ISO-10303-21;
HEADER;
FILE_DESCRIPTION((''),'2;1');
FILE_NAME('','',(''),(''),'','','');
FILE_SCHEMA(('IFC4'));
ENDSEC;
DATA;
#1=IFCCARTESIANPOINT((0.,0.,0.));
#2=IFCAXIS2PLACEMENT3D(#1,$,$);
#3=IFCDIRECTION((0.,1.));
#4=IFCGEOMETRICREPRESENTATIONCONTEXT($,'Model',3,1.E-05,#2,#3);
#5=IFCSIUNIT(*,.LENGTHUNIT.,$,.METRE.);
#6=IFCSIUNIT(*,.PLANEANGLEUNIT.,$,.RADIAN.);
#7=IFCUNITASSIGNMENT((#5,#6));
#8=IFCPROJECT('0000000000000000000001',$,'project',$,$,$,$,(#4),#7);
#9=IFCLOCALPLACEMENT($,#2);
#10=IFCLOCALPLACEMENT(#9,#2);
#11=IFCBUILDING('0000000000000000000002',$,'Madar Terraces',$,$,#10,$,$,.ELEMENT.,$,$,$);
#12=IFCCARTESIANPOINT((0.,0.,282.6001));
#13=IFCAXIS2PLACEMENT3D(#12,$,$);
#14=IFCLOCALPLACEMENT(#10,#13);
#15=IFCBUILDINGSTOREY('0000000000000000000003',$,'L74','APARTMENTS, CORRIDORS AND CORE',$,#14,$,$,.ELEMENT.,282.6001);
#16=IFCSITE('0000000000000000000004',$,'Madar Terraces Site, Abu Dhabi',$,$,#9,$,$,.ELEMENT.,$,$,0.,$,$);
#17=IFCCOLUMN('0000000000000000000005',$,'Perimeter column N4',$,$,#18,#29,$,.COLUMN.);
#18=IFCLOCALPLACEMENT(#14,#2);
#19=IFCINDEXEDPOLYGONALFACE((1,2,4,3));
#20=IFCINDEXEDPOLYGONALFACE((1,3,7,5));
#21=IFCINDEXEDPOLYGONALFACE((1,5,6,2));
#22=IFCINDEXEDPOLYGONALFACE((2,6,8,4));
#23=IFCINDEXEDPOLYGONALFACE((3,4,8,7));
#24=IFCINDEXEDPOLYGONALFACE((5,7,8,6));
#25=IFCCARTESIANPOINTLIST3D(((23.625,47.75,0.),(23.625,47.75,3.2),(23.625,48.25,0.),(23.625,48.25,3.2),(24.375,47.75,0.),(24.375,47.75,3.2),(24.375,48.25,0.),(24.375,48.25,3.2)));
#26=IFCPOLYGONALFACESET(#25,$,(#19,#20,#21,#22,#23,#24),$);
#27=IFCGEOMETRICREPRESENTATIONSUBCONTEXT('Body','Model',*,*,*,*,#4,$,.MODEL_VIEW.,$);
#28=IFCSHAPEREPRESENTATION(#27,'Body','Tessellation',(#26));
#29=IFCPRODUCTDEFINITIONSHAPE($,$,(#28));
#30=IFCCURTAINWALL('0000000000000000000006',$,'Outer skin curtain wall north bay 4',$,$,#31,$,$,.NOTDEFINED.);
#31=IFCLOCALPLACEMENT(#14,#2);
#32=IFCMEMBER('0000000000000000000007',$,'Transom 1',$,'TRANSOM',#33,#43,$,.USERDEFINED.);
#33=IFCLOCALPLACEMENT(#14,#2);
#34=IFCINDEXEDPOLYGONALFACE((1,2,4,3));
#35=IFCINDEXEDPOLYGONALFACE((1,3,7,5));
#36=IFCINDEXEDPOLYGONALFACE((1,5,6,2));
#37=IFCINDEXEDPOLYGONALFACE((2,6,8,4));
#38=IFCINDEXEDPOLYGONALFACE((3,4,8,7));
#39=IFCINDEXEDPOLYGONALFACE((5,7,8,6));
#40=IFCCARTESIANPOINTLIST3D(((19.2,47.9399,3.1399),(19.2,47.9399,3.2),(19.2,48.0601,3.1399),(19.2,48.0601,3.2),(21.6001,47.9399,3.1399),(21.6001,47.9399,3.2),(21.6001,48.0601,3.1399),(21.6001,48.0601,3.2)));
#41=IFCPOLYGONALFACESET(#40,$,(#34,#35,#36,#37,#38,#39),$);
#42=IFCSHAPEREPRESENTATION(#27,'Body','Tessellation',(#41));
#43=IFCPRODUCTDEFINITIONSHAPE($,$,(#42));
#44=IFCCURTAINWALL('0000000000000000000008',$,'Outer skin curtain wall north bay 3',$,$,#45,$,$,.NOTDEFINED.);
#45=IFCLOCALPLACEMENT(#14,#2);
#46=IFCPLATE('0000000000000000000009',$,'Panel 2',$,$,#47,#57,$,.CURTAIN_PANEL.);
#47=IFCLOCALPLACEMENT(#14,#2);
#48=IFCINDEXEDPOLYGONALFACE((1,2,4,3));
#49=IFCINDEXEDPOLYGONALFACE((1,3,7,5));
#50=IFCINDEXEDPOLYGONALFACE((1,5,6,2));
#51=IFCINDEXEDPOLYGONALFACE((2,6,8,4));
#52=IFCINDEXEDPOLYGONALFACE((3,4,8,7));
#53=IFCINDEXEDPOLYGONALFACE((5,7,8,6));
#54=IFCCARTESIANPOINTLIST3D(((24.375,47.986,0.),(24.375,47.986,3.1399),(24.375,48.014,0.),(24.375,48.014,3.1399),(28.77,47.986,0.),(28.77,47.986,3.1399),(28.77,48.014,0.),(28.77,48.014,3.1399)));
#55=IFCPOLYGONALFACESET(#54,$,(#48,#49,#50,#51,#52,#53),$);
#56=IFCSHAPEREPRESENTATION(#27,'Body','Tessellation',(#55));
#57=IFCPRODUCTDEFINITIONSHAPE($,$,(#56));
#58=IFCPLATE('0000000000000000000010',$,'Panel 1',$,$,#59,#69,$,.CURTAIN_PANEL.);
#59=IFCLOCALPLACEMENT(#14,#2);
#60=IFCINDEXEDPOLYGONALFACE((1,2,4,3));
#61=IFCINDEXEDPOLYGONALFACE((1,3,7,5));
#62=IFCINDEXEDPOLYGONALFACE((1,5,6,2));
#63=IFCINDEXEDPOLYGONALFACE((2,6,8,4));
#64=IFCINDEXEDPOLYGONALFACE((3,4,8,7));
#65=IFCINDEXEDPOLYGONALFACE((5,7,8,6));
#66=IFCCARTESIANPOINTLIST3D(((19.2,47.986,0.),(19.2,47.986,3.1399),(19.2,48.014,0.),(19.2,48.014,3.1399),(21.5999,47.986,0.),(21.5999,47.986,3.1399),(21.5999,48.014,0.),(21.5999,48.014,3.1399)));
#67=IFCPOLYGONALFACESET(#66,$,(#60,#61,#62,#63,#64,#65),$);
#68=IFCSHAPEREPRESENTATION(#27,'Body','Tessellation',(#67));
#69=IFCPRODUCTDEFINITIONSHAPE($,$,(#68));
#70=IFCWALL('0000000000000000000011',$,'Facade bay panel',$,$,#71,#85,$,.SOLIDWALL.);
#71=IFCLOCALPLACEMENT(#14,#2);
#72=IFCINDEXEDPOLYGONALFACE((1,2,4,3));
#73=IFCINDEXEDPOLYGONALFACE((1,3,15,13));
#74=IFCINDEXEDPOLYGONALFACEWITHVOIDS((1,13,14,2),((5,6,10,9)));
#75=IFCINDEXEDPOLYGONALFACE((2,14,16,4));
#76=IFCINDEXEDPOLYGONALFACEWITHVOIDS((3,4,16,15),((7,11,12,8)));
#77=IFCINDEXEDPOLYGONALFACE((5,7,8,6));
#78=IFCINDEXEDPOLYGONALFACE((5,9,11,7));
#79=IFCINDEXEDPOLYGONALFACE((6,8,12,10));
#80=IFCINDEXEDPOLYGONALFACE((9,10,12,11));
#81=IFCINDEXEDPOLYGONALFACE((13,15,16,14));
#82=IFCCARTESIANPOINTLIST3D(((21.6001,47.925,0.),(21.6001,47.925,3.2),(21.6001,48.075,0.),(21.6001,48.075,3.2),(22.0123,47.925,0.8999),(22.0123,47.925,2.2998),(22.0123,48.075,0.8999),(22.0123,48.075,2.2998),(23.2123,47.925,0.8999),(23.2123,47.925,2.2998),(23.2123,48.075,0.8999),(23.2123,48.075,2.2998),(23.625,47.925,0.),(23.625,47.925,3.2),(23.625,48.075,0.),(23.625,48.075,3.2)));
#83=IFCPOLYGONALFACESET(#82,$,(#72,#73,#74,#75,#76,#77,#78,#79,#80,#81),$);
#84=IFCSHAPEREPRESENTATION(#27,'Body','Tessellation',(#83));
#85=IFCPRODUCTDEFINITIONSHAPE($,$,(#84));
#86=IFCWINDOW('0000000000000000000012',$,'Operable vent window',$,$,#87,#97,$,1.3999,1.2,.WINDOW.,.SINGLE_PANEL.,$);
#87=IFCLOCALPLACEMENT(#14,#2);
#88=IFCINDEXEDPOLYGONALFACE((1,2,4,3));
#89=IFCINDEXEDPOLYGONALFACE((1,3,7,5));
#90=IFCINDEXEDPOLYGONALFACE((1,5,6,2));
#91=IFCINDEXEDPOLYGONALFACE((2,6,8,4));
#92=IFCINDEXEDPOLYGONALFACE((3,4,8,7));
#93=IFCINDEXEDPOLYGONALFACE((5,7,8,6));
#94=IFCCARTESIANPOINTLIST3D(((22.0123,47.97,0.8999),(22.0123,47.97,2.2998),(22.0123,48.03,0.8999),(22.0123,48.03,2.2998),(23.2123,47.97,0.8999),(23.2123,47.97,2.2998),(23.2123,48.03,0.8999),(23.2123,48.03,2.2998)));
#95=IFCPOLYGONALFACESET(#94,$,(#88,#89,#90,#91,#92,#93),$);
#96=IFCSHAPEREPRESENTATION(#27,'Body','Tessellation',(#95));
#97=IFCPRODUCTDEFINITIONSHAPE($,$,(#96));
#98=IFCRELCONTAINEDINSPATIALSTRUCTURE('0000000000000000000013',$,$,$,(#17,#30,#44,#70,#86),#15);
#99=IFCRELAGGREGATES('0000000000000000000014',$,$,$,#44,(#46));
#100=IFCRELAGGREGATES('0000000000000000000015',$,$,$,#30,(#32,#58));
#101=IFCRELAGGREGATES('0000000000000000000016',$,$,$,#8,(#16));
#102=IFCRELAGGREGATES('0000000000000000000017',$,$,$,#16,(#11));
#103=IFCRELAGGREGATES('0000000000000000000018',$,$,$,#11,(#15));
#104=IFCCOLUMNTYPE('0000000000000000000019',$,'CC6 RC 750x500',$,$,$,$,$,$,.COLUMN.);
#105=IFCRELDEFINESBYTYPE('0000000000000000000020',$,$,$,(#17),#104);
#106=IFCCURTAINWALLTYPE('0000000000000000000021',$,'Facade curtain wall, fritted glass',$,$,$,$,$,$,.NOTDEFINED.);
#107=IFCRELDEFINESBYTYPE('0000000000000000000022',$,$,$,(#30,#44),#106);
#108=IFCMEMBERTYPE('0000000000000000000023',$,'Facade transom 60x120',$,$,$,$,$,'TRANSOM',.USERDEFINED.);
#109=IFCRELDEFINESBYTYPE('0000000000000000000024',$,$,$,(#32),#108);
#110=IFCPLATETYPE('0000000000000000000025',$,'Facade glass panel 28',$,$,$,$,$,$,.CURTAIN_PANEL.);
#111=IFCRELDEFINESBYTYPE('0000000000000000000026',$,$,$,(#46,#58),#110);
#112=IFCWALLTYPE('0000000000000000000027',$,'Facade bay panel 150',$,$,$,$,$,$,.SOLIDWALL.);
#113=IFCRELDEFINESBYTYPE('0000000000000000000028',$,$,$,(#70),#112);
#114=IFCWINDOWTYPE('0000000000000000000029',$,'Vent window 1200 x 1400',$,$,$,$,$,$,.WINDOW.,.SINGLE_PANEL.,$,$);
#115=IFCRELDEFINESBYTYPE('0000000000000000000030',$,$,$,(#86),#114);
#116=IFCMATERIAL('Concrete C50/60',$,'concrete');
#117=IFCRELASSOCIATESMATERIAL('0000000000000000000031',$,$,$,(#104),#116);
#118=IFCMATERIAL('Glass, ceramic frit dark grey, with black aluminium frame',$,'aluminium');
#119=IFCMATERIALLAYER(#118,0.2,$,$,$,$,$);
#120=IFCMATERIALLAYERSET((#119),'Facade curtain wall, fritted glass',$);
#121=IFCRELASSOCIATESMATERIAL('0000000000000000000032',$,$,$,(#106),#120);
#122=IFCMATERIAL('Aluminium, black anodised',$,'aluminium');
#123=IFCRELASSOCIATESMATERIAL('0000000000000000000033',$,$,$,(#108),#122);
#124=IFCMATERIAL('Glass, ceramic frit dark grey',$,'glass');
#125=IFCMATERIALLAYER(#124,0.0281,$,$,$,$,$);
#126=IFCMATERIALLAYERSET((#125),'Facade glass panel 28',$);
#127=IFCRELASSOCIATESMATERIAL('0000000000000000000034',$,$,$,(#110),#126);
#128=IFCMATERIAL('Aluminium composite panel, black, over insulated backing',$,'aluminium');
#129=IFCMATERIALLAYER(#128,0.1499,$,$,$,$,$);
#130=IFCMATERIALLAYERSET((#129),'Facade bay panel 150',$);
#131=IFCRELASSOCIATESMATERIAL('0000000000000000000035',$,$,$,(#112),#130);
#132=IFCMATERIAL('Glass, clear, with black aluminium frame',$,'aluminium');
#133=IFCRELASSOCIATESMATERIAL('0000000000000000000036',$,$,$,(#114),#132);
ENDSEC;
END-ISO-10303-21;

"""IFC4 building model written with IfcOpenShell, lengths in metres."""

from ifc_helpers import new_model, si_unit, direction, frame, frame_2d, origin, origin_2d, place, context, subcontext, project, spatial, rectangle, extrude, material, layer, layer_set, material_profile, profile_set, type_object, element, fill, aggregate, save


model = new_model("IFC4")

# Units and contexts
model_context = context("Model", 3, precision=1e-05, world=origin(), true_north=direction((0.0, 1.0)))
body_context = subcontext(model_context, "Body", "Model", "MODEL_VIEW")
ifc_project = project(units=[si_unit("LENGTHUNIT", "METRE"), si_unit("PLANEANGLEUNIT", "RADIAN")], contexts=[model_context])

# Site, building, storey
site_placement = place(None, origin())
site = spatial("IfcSite", under=ifc_project, at=site_placement, Name="Madar Terraces Site, Abu Dhabi", CompositionType="ELEMENT", RefElevation=0.0)
building_placement = place(site_placement, origin())
building = spatial("IfcBuilding", under=site, at=building_placement, Name="Madar Terraces", CompositionType="ELEMENT")
storey_placement = place(building_placement, frame((0.0, 0.0, 282.6001)))
storey = spatial("IfcBuildingStorey", under=building, at=storey_placement, Name="L74", Description="APARTMENTS, CORRIDORS AND CORE", CompositionType="ELEMENT", Elevation=282.6001)

# Column
ifc_material_1 = material(Name="Concrete C50/60", Category="concrete")
ifc_material_profile_1 = material_profile(ifc_material_1, rectangle(XDim=0.75, YDim=0.5, at=origin_2d()), Name="CC6 RC 750x500")
ifc_profile_set_1 = profile_set([ifc_material_profile_1], Name="Concrete C50/60")
column_type = type_object("IfcColumnType", Name="CC6 RC 750x500", PredefinedType="COLUMN", material=ifc_profile_set_1)
column_placement = place(storey_placement, frame((24.0, 48.0, 0.0), z_axis=(0.0, 0.0, 1.0), x_axis=(1.0, 0.0, 0.0)))
element("IfcColumn", 1, at=column_placement, inside=storey, type_object=column_type, Name="Perimeter column N4", PredefinedType="COLUMN", context=body_context, shape_type="SweptSolid", body=[
    extrude(rectangle(XDim=0.75, YDim=0.5, at=origin_2d()), origin(), (0.0, 0.0, 1.0), 3.2),
])

# Curtain wall, member
ifc_material_2 = material(Name="Glass, ceramic frit dark grey, with black aluminium frame", Category="aluminium")
ifc_layer_1 = layer(ifc_material_2, 0.2)
ifc_layer_set_1 = layer_set([ifc_layer_1], Name="Facade curtain wall, fritted glass")
curtain_wall_type = type_object("IfcCurtainWallType", Name="Facade curtain wall, fritted glass", PredefinedType="NOTDEFINED", material=ifc_layer_set_1)
curtain_wall_1_placement = place(storey_placement, origin())
curtain_wall_1 = element("IfcCurtainWall", 2, at=curtain_wall_1_placement, inside=storey, type_object=curtain_wall_type, Name="Outer skin curtain wall north bay 4", PredefinedType="NOTDEFINED")
ifc_material_3 = material(Name="Aluminium, black anodised", Category="aluminium")
ifc_material_profile_2 = material_profile(ifc_material_3, rectangle(XDim=0.1201, YDim=0.0601, at=origin_2d()), Name="Facade transom 60x120")
ifc_profile_set_2 = profile_set([ifc_material_profile_2], Name="Aluminium, black anodised")
member_type = type_object("IfcMemberType", Name="Facade transom 60x120", ElementType="TRANSOM", PredefinedType="USERDEFINED", material=ifc_profile_set_2)
member_placement = place(storey_placement, frame((21.6001, 48.0, 3.1699), z_axis=(-1.0, 0.0, 0.0), x_axis=(0.0, -1.0, 0.0)))
member = element("IfcMember", 3, at=member_placement, type_object=member_type, Name="Transom 1", ObjectType="TRANSOM", PredefinedType="USERDEFINED", context=body_context, shape_type="SweptSolid", body=[
    extrude(rectangle(XDim=0.1201, YDim=0.0601, at=origin_2d()), origin(), (0.0, 0.0, 1.0), 2.4001),
])

# Curtain wall, plate
curtain_wall_2_placement = place(storey_placement, origin())
curtain_wall_2 = element("IfcCurtainWall", 4, at=curtain_wall_2_placement, inside=storey, type_object=curtain_wall_type, Name="Outer skin curtain wall north bay 3", PredefinedType="NOTDEFINED")
ifc_material_4 = material(Name="Glass, ceramic frit dark grey", Category="glass")
ifc_layer_2 = layer(ifc_material_4, 0.0281)
ifc_layer_set_2 = layer_set([ifc_layer_2], Name="Facade glass panel 28")
plate_type = type_object("IfcPlateType", Name="Facade glass panel 28", PredefinedType="CURTAIN_PANEL", material=ifc_layer_set_2)
plate_1_placement = place(storey_placement, frame((26.5725, 48.0, 0.0), z_axis=(0.0, 0.0, 1.0), x_axis=(-1.0, 0.0, 0.0)))
plate_1 = element("IfcPlate", 5, at=plate_1_placement, type_object=plate_type, Name="Panel 2", PredefinedType="CURTAIN_PANEL", context=body_context, shape_type="SweptSolid", body=[
    extrude(rectangle(XDim=4.395, YDim=0.0281, at=origin_2d()), origin(), (0.0, 0.0, 1.0), 3.1399),
])
aggregate(curtain_wall_2, [plate_1])

# Plate
plate_2_placement = place(storey_placement, frame((20.3999, 48.0, 0.0), z_axis=(0.0, 0.0, 1.0), x_axis=(-1.0, 0.0, 0.0)))
plate_2 = element("IfcPlate", 6, at=plate_2_placement, type_object=plate_type, Name="Panel 1", PredefinedType="CURTAIN_PANEL", context=body_context, shape_type="SweptSolid", body=[
    extrude(rectangle(XDim=2.3999, YDim=0.0281, at=origin_2d()), origin(), (0.0, 0.0, 1.0), 3.1399),
])
aggregate(curtain_wall_1, [member, plate_2])

# Wall, opening, window
ifc_material_5 = material(Name="Aluminium composite panel, black, over insulated backing", Category="aluminium")
ifc_layer_3 = layer(ifc_material_5, 0.1499)
ifc_layer_set_3 = layer_set([ifc_layer_3], Name="Facade bay panel 150")
wall_type_1 = type_object("IfcWallType", Name="Facade bay panel 150", PredefinedType="SOLIDWALL", material=ifc_layer_set_3)
wall_1_placement = place(storey_placement, frame((23.625, 48.0, 0.0), z_axis=(0.0, 0.0, 1.0), x_axis=(-1.0, 0.0, 0.0)))
wall_1 = element("IfcWall", 7, at=wall_1_placement, inside=storey, type_object=wall_type_1, Name="Facade bay panel", PredefinedType="SOLIDWALL", context=body_context, shape_type="SweptSolid", body=[
    extrude(rectangle(XDim=2.0249, YDim=0.1499, at=frame_2d((1.0125, 0.0))), origin(), (0.0, 0.0, 1.0), 3.2),
])
opening_1_placement = place(wall_1_placement, frame((0.4126, 0.0, 0.8999)))
opening_1 = element("IfcOpeningElement", 8, at=opening_1_placement, cuts=wall_1, PredefinedType="OPENING", context=body_context, shape_type="SweptSolid", body=[
    extrude(rectangle(XDim=1.2, YDim=1.3999, at=frame_2d((0.6001, 0.7))), frame((0.0, 0.085, 0.0), z_axis=(0.0, -1.0, 0.0), x_axis=(1.0, 0.0, 0.0)), (0.0, 0.0, 1.0), 0.1699),
])
ifc_material_6 = material(Name="Glass, clear, with black aluminium frame", Category="aluminium")
window_type = type_object("IfcWindowType", Name="Vent window 1200 x 1400", PartitioningType="SINGLE_PANEL", PredefinedType="WINDOW", material=ifc_material_6)
window_placement = place(opening_1_placement, origin())
window = element("IfcWindow", 9, at=window_placement, inside=storey, type_object=window_type, Name="Operable vent window", OverallHeight=1.3999, OverallWidth=1.2, PartitioningType="SINGLE_PANEL", PredefinedType="WINDOW", context=body_context, shape_type="SweptSolid", body=[
    extrude(rectangle(XDim=1.2, YDim=1.3999, at=frame_2d((0.6001, 0.7))), frame((0.0, 0.03, 0.0), z_axis=(0.0, -1.0, 0.0), x_axis=(1.0, 0.0, 0.0)), (0.0, 0.0, 1.0), 0.0601),
])
fill(opening_1, window)

save(model, "model.ifc")
